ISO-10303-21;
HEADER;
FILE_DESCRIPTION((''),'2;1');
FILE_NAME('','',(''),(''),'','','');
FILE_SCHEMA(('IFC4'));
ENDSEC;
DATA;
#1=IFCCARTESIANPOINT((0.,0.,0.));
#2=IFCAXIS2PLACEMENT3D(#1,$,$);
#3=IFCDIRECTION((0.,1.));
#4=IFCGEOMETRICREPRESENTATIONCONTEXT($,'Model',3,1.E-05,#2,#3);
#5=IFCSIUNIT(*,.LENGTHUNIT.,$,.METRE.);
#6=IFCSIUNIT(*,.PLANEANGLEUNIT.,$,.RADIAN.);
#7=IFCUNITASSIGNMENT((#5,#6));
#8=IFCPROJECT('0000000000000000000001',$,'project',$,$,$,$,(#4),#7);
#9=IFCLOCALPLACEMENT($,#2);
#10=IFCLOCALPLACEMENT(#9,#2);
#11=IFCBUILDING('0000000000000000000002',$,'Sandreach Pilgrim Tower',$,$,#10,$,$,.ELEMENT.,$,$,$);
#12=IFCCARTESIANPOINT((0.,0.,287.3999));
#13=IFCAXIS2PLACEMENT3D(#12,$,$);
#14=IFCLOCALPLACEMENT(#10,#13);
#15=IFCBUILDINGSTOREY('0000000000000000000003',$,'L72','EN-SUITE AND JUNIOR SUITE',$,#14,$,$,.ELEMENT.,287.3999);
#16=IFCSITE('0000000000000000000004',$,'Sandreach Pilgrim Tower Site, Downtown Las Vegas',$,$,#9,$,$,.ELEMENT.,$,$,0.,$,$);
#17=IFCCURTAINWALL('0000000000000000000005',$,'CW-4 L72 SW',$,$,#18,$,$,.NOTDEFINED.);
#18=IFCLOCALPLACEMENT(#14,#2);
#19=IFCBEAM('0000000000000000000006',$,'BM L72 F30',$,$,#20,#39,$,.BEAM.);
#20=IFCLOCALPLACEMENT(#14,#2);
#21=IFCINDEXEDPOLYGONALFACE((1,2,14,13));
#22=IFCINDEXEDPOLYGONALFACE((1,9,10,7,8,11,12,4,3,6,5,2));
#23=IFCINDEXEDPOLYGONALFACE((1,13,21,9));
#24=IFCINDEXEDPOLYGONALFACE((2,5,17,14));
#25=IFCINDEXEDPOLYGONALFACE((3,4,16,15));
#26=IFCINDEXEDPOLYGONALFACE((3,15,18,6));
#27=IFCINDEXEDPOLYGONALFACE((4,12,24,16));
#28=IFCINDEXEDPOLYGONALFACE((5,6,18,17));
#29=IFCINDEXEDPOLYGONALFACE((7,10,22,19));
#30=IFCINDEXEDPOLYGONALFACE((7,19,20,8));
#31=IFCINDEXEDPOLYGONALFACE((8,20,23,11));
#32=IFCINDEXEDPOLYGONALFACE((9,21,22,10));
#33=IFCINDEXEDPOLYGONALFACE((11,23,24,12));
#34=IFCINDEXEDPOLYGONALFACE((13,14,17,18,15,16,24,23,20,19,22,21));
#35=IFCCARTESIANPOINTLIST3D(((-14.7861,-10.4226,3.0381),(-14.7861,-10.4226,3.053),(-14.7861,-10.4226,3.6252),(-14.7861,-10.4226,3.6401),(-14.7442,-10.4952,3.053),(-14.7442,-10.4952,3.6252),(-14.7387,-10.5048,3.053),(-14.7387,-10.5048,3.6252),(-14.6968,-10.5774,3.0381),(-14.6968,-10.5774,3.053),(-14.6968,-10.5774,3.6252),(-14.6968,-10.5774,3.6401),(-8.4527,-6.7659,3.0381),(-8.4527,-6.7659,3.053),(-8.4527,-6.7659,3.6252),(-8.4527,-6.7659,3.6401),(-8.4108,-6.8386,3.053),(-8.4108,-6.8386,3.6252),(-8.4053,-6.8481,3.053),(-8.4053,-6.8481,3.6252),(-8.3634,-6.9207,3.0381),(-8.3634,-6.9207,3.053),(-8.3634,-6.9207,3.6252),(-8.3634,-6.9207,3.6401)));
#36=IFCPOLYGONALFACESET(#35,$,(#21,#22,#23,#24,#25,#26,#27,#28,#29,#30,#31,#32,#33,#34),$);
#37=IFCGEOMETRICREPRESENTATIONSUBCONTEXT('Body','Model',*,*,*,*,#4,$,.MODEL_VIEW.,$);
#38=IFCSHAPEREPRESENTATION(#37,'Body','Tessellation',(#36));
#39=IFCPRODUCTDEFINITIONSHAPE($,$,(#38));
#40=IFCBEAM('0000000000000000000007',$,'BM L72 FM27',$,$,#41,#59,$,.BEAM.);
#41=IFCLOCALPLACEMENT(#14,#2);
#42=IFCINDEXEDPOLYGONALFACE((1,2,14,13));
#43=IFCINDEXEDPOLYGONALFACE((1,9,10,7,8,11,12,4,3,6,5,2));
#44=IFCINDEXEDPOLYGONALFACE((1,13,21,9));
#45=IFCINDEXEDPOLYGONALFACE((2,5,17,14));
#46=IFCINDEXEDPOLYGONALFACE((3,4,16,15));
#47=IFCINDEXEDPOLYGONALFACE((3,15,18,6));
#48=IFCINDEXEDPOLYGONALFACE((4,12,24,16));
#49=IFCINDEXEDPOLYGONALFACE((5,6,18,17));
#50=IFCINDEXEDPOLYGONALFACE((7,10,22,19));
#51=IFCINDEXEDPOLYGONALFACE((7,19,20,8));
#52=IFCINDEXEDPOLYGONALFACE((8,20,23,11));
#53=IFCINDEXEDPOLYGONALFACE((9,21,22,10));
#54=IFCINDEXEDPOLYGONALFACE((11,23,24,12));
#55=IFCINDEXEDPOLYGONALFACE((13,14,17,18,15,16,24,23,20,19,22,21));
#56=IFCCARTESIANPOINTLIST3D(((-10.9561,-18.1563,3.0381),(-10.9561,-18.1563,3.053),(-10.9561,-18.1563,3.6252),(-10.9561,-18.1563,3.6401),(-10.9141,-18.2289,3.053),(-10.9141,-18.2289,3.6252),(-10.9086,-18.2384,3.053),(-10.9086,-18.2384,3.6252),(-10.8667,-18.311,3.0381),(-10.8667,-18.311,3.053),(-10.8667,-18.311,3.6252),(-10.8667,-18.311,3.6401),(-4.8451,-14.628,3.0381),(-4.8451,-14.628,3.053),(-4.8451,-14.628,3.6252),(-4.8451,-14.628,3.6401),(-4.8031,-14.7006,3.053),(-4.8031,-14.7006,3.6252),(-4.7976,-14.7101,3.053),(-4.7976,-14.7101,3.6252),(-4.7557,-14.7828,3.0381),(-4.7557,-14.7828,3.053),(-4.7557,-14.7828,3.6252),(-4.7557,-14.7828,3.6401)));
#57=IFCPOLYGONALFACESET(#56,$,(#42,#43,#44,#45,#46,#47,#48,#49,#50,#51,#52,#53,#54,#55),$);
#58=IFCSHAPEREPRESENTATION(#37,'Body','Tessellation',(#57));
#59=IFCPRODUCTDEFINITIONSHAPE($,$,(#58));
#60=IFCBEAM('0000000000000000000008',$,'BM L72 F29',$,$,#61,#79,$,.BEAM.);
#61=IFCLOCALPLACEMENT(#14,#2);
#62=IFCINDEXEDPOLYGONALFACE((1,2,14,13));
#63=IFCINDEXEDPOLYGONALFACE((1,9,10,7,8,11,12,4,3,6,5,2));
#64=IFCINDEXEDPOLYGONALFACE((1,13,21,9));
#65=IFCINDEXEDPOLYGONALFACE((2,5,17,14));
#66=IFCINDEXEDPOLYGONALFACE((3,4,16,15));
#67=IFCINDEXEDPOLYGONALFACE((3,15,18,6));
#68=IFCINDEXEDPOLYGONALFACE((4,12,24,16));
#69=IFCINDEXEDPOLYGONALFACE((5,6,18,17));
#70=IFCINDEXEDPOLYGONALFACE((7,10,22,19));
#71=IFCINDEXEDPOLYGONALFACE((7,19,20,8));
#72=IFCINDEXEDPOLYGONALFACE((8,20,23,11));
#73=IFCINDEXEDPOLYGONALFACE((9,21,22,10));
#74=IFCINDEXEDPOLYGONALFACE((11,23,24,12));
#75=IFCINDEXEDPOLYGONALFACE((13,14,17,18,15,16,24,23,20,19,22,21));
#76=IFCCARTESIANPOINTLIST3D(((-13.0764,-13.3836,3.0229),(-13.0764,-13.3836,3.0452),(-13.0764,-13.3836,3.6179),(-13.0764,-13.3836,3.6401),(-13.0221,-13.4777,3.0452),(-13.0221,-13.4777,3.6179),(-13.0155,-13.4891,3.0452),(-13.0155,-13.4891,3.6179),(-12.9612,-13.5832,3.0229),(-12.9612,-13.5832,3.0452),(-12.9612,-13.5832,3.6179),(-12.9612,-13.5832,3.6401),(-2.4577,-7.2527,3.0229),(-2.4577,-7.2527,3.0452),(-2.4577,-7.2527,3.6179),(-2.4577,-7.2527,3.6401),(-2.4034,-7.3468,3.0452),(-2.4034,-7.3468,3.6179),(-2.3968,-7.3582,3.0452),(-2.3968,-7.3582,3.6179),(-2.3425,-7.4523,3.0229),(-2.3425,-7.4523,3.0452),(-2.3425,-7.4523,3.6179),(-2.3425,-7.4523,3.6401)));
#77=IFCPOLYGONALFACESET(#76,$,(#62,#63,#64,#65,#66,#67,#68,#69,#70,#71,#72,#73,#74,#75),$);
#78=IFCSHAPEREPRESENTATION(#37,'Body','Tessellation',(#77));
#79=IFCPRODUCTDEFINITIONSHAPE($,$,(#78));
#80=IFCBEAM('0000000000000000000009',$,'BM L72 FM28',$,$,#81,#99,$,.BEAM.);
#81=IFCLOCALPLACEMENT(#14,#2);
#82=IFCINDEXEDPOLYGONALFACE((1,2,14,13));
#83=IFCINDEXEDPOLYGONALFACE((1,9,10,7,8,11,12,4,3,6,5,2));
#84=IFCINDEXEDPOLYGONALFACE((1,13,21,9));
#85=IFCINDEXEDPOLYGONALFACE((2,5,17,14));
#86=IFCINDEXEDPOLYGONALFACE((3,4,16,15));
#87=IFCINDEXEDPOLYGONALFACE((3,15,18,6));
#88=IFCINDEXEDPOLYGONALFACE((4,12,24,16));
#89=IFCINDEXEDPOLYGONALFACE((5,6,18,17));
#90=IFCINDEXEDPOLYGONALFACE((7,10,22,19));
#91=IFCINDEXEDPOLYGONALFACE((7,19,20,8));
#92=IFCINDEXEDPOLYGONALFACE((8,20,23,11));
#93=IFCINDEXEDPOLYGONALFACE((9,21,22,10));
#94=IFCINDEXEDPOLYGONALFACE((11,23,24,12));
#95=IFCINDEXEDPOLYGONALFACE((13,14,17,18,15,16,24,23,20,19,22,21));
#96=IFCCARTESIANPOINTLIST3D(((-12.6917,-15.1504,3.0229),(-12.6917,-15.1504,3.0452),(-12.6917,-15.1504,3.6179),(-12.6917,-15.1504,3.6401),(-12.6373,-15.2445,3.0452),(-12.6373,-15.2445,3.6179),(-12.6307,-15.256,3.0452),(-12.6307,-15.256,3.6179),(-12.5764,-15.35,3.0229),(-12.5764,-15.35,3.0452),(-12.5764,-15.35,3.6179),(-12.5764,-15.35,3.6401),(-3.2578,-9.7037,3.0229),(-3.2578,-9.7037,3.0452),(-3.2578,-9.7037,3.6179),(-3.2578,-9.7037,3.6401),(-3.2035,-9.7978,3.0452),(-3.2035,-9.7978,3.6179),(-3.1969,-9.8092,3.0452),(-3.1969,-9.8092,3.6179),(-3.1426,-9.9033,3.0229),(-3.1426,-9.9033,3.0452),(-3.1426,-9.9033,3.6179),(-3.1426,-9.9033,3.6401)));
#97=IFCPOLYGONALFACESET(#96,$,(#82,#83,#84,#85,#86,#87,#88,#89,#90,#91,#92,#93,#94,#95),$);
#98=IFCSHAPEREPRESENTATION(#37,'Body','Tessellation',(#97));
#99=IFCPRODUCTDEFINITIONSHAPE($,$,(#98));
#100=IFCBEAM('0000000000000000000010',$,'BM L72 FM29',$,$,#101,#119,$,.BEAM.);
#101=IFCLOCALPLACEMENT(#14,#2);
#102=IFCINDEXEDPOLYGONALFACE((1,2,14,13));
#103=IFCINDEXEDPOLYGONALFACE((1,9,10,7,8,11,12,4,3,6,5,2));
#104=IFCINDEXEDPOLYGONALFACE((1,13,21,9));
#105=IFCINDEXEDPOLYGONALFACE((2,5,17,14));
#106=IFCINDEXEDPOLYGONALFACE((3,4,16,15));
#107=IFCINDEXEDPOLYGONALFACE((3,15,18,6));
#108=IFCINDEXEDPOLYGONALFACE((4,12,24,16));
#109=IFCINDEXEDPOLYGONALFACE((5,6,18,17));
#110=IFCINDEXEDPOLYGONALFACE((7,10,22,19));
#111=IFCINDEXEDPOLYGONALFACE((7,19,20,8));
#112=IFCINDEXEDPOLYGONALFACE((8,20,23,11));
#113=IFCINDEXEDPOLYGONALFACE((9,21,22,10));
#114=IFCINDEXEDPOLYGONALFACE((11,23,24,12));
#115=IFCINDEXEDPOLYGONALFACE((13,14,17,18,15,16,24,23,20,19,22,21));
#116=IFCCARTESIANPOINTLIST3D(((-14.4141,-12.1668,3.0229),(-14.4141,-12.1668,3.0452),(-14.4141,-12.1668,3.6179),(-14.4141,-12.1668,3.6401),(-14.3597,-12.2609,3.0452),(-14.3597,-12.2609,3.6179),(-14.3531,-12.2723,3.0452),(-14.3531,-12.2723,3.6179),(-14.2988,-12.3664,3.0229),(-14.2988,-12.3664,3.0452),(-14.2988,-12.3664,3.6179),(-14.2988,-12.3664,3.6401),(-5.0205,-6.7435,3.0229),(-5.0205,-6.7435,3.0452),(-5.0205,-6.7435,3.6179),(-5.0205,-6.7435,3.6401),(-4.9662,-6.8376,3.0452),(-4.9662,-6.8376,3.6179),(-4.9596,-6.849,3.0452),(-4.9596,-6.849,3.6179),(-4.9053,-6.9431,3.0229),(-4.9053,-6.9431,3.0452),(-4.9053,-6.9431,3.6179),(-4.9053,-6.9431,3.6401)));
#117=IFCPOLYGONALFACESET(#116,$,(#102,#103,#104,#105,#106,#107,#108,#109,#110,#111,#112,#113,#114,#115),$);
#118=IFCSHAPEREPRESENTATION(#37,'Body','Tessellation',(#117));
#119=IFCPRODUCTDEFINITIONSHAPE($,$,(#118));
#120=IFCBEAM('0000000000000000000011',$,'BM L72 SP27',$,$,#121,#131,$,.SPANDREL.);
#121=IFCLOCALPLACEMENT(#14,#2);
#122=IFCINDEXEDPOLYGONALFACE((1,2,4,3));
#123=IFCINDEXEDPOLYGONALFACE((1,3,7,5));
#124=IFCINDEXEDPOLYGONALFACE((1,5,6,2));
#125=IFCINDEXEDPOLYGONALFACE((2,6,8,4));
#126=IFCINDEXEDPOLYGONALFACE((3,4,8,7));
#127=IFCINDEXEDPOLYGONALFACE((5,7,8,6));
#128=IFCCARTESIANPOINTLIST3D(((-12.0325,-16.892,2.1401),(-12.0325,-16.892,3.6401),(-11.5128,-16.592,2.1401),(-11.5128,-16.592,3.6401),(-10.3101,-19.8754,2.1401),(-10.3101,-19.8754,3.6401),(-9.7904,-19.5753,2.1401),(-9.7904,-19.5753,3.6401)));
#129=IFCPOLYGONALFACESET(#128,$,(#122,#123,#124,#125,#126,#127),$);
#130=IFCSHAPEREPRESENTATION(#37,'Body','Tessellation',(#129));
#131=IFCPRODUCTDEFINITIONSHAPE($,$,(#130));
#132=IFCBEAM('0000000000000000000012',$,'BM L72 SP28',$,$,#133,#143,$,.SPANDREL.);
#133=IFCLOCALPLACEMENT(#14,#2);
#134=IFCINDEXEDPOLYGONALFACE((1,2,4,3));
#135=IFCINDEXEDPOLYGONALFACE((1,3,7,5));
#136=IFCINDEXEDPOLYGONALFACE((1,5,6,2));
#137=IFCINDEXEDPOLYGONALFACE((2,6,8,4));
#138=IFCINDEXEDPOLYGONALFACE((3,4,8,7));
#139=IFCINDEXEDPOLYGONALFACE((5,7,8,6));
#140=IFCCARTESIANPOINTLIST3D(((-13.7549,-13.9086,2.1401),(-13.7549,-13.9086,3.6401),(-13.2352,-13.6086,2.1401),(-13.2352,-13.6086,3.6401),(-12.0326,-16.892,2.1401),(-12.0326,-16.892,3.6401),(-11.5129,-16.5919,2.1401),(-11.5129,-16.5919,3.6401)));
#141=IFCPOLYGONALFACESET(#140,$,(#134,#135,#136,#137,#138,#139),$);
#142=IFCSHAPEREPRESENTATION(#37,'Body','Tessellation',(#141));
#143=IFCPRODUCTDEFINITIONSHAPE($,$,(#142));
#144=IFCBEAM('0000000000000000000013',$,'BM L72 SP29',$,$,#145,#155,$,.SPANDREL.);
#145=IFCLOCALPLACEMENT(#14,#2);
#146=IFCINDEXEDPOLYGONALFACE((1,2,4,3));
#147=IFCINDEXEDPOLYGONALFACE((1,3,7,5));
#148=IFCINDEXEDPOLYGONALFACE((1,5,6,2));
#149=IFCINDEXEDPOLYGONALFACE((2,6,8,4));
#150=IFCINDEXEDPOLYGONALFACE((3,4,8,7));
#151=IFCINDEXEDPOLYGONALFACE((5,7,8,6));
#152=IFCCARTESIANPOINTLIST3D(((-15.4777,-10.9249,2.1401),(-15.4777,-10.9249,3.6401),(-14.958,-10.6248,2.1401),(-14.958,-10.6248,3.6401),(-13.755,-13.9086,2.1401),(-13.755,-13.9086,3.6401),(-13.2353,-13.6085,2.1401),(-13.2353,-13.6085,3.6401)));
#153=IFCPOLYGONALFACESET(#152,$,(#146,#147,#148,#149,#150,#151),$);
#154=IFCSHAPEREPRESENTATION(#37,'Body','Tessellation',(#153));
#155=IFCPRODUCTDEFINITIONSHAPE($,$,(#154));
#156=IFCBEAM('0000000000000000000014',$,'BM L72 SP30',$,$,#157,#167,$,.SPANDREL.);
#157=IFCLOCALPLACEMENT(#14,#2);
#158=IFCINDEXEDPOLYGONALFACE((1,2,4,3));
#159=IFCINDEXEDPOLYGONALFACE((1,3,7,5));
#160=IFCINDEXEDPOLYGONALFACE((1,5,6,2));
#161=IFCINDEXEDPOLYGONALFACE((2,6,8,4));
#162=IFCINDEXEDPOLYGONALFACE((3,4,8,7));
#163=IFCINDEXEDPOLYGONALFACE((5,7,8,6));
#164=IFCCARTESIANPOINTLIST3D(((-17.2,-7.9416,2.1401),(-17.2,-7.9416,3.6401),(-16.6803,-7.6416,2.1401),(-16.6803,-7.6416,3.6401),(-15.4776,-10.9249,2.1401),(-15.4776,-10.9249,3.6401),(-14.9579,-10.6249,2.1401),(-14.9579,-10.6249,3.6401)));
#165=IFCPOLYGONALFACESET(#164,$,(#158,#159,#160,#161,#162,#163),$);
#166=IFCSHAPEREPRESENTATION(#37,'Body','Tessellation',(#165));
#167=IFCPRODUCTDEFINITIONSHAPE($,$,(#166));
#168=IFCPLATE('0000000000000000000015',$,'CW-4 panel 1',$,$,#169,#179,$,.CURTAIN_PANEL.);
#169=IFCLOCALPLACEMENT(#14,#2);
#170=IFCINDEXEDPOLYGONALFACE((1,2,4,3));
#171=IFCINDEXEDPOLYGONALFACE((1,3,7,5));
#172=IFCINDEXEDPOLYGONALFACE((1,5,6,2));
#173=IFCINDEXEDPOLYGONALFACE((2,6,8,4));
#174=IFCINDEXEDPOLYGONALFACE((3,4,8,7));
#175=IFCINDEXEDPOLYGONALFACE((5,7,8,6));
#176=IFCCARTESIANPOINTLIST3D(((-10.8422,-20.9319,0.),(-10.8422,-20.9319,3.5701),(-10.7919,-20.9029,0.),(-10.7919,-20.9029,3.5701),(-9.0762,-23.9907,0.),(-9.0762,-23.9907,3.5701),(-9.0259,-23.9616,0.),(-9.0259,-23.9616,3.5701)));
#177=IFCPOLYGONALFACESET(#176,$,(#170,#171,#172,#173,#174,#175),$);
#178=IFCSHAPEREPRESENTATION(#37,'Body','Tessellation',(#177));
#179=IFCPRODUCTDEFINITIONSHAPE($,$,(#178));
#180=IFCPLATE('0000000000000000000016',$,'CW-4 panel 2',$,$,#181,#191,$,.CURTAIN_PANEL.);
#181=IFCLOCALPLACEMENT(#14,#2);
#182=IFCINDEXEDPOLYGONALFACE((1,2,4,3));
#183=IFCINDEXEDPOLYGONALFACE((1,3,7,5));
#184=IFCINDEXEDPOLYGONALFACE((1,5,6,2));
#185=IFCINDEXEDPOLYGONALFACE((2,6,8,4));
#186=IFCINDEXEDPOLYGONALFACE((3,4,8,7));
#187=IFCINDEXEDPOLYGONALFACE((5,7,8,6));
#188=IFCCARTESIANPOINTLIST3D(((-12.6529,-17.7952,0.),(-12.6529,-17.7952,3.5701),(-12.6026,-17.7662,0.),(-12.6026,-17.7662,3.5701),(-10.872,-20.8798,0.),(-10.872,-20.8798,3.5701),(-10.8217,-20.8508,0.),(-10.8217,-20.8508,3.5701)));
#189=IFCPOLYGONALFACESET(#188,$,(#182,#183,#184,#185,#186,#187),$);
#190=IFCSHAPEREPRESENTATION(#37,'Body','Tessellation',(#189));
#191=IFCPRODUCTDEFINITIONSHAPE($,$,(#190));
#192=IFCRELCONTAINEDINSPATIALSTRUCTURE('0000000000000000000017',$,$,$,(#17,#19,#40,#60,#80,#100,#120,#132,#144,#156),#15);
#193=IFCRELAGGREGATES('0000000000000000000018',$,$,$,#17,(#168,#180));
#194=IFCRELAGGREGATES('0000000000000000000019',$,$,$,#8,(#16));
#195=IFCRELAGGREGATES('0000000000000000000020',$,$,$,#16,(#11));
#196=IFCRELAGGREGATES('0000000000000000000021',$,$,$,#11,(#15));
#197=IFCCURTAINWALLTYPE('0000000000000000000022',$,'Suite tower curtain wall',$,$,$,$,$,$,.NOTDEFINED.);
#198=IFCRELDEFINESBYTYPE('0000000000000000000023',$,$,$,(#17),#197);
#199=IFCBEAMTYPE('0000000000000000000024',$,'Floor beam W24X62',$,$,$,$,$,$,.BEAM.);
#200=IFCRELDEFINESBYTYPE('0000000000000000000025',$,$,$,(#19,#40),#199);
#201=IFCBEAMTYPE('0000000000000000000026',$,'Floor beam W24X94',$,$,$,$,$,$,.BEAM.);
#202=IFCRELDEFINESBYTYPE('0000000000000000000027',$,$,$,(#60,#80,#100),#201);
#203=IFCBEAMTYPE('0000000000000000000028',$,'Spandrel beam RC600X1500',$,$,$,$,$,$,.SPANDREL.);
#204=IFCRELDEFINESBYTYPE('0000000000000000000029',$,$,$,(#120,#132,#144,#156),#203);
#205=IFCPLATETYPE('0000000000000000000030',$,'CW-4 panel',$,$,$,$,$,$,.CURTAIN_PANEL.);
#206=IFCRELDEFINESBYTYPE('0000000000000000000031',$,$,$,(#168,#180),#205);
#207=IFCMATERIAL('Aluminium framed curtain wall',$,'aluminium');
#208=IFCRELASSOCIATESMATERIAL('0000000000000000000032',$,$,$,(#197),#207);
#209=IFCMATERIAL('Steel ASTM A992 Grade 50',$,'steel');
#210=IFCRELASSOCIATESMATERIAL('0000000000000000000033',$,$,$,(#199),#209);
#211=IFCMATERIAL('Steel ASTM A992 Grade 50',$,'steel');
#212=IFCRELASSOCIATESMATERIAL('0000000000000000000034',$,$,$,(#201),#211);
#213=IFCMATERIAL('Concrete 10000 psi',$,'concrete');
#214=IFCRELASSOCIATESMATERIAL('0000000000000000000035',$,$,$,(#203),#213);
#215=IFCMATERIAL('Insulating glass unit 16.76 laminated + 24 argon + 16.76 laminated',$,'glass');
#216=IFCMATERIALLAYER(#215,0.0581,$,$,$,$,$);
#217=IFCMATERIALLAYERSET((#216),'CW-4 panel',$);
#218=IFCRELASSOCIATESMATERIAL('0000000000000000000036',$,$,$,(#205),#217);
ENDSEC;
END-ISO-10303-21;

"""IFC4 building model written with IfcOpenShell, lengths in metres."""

from ifc_helpers import new_model, si_unit, direction, frame, origin, origin_2d, place, context, subcontext, project, spatial, rectangle, i_section, extrude, material, layer, layer_set, material_profile, profile_set, type_object, element, aggregate, save


model = new_model("IFC4")

# Units and contexts
model_context = context("Model", 3, precision=1e-05, world=origin(), true_north=direction((0.0, 1.0)))
body_context = subcontext(model_context, "Body", "Model", "MODEL_VIEW")
ifc_project = project(units=[si_unit("LENGTHUNIT", "METRE"), si_unit("PLANEANGLEUNIT", "RADIAN")], contexts=[model_context])

# Site, building, storey
site_placement = place(None, origin())
site = spatial("IfcSite", under=ifc_project, at=site_placement, Name="Sandreach Pilgrim Tower Site, Downtown Las Vegas", CompositionType="ELEMENT", RefElevation=0.0)
building_placement = place(site_placement, origin())
building = spatial("IfcBuilding", under=site, at=building_placement, Name="Sandreach Pilgrim Tower", CompositionType="ELEMENT")
storey_placement = place(building_placement, frame((0.0, 0.0, 287.3999)))
storey = spatial("IfcBuildingStorey", under=building, at=storey_placement, Name="L72", Description="EN-SUITE AND JUNIOR SUITE", CompositionType="ELEMENT", Elevation=287.3999)

# Curtain wall
ifc_material_1 = material(Name="Aluminium framed curtain wall", Category="aluminium")
curtain_wall_type = type_object("IfcCurtainWallType", Name="Suite tower curtain wall", PredefinedType="NOTDEFINED", material=ifc_material_1)
curtain_wall_placement = place(storey_placement, origin())
curtain_wall = element("IfcCurtainWall", 1, at=curtain_wall_placement, inside=storey, type_object=curtain_wall_type, Name="CW-4 L72 SW", PredefinedType="NOTDEFINED")

# Beams
ifc_material_2 = material(Name="Steel ASTM A992 Grade 50", Category="steel")
ifc_material_profile_1 = material_profile(ifc_material_2, i_section(OverallWidth=0.1787, OverallDepth=0.6021, WebThickness=0.011, FlangeThickness=0.0149, at=origin_2d()), Name="W24X62")
ifc_profile_set_1 = profile_set([ifc_material_profile_1], Name="Steel ASTM A992 Grade 50")
beam_type_1 = type_object("IfcBeamType", Name="Floor beam W24X62", PredefinedType="BEAM", material=ifc_profile_set_1)
beam_1_placement = place(storey_placement, frame((-14.7415, -10.5, 3.3391), z_axis=(0.86602, 0.500009, 0.0), x_axis=(-0.500009, 0.86602, 0.0)))
element("IfcBeam", 2, at=beam_1_placement, inside=storey, type_object=beam_type_1, Name="BM L72 F30", PredefinedType="BEAM", context=body_context, shape_type="SweptSolid", body=[
    extrude(i_section(OverallWidth=0.1787, OverallDepth=0.6021, WebThickness=0.011, FlangeThickness=0.0149, at=origin_2d()), origin(), (0.0, 0.0, 1.0), 7.3132),
])
beam_2_placement = place(storey_placement, frame((-10.9114, -18.2336, 3.3391), z_axis=(0.86602, 0.500009, 0.0), x_axis=(-0.500009, 0.86602, 0.0)))
element("IfcBeam", 3, at=beam_2_placement, inside=storey, type_object=beam_type_1, Name="BM L72 FM27", PredefinedType="BEAM", context=body_context, shape_type="SweptSolid", body=[
    extrude(i_section(OverallWidth=0.1787, OverallDepth=0.6021, WebThickness=0.011, FlangeThickness=0.0149, at=origin_2d()), origin(), (0.0, 0.0, 1.0), 7.0564),
])
ifc_material_3 = material(Name="Steel ASTM A992 Grade 50", Category="steel")
ifc_material_profile_2 = material_profile(ifc_material_3, i_section(OverallWidth=0.2305, OverallDepth=0.6172, WebThickness=0.0132, FlangeThickness=0.0222, at=origin_2d()), Name="W24X94")
ifc_profile_set_2 = profile_set([ifc_material_profile_2], Name="Steel ASTM A992 Grade 50")
beam_type_2 = type_object("IfcBeamType", Name="Floor beam W24X94", PredefinedType="BEAM", material=ifc_profile_set_2)
beam_3_placement = place(storey_placement, frame((-13.0188, -13.4834, 3.3315), z_axis=(0.866019, 0.500011, 0.0), x_axis=(-0.500011, 0.866019, 0.0)))
element("IfcBeam", 4, at=beam_3_placement, inside=storey, type_object=beam_type_2, Name="BM L72 F29", PredefinedType="BEAM", context=body_context, shape_type="SweptSolid", body=[
    extrude(i_section(OverallWidth=0.2305, OverallDepth=0.6172, WebThickness=0.0132, FlangeThickness=0.0222, at=origin_2d()), origin(), (0.0, 0.0, 1.0), 12.2615),
])
beam_4_placement = place(storey_placement, frame((-12.634, -15.2502, 3.3315), z_axis=(0.86602, 0.50001, 0.0), x_axis=(-0.50001, 0.86602, 0.0)))
element("IfcBeam", 5, at=beam_4_placement, inside=storey, type_object=beam_type_2, Name="BM L72 FM28", PredefinedType="BEAM", context=body_context, shape_type="SweptSolid", body=[
    extrude(i_section(OverallWidth=0.2305, OverallDepth=0.6172, WebThickness=0.0132, FlangeThickness=0.0222, at=origin_2d()), origin(), (0.0, 0.0, 1.0), 10.8933),
])
beam_5_placement = place(storey_placement, frame((-14.3564, -12.2666, 3.3315), z_axis=(0.866027, 0.499998, 0.0), x_axis=(-0.499998, 0.866027, 0.0)))
element("IfcBeam", 6, at=beam_5_placement, inside=storey, type_object=beam_type_2, Name="BM L72 FM29", PredefinedType="BEAM", context=body_context, shape_type="SweptSolid", body=[
    extrude(i_section(OverallWidth=0.2305, OverallDepth=0.6172, WebThickness=0.0132, FlangeThickness=0.0222, at=origin_2d()), origin(), (0.0, 0.0, 1.0), 10.8467),
])
ifc_material_4 = material(Name="Concrete 10000 psi", Category="concrete")
ifc_material_profile_3 = material_profile(ifc_material_4, rectangle(XDim=0.6001, YDim=1.5, at=origin_2d()), Name="RC600X1500")
ifc_profile_set_3 = profile_set([ifc_material_profile_3], Name="Concrete 10000 psi")
beam_type_3 = type_object("IfcBeamType", Name="Spandrel beam RC600X1500", PredefinedType="SPANDREL", material=ifc_profile_set_3)
for number, where, z_axis, x_axis, name in (
    (7, (-10.0503, -19.7253, 2.8901), (-0.499988, 0.866032, 0.0), (-0.866032, -0.499988, 0.0), "BM L72 SP27"),
    (8, (-11.7727, -16.7419, 2.8901), (-0.499988, 0.866032, 0.0), (-0.866032, -0.499988, 0.0), "BM L72 SP28"),
):
    element("IfcBeam", number, at=place(storey_placement, frame(where, z_axis=z_axis, x_axis=x_axis)), inside=storey, type_object=beam_type_3, Name=name, PredefinedType="SPANDREL", context=body_context, shape_type="SweptSolid", body=[
        extrude(rectangle(XDim=0.6001, YDim=1.5, at=origin_2d()), origin(), (0.0, 0.0, 1.0), 3.4448),
    ])
beam_6_placement = place(storey_placement, frame((-13.4951, -13.7585, 2.8901), z_axis=(-0.500011, 0.866019, 0.0), x_axis=(-0.866019, -0.500011, 0.0)))
element("IfcBeam", 9, at=beam_6_placement, inside=storey, type_object=beam_type_3, Name="BM L72 SP29", PredefinedType="SPANDREL", context=body_context, shape_type="SweptSolid", body=[
    extrude(rectangle(XDim=0.6001, YDim=1.5, at=origin_2d()), origin(), (0.0, 0.0, 1.0), 3.4453),
])
beam_7_placement = place(storey_placement, frame((-15.2178, -10.7749, 2.8901), z_axis=(-0.499988, 0.866032, 0.0), x_axis=(-0.866032, -0.499988, 0.0)))
element("IfcBeam", 10, at=beam_7_placement, inside=storey, type_object=beam_type_3, Name="BM L72 SP30", PredefinedType="SPANDREL", context=body_context, shape_type="SweptSolid", body=[
    extrude(rectangle(XDim=0.6001, YDim=1.5, at=origin_2d()), origin(), (0.0, 0.0, 1.0), 3.4448),
])

# Plates
ifc_material_5 = material(Name="Insulating glass unit 16.76 laminated + 24 argon + 16.76 laminated", Category="glass")
ifc_layer_1 = layer(ifc_material_5, 0.0581)
ifc_layer_set_1 = layer_set([ifc_layer_1], Name="CW-4 panel")
plate_type = type_object("IfcPlateType", Name="CW-4 panel", PredefinedType="CURTAIN_PANEL", material=ifc_layer_set_1)
plate_1_placement = place(storey_placement, frame((-9.9341, -22.4468, 0.0), z_axis=(0.0, 0.0, 1.0), x_axis=(-0.5, 0.866025, 0.0)))
plate_1 = element("IfcPlate", 11, at=plate_1_placement, type_object=plate_type, Name="CW-4 panel 1", PredefinedType="CURTAIN_PANEL", context=body_context, shape_type="SweptSolid", body=[
    extrude(rectangle(XDim=3.532, YDim=0.0581, at=origin_2d()), origin(), (0.0, 0.0, 1.0), 3.5701),
])
plate_2_placement = place(storey_placement, frame((-11.7373, -19.323, 0.0), z_axis=(0.0, 0.0, 1.0), x_axis=(-0.5, 0.866025, 0.0)))
plate_2 = element("IfcPlate", 12, at=plate_2_placement, type_object=plate_type, Name="CW-4 panel 2", PredefinedType="CURTAIN_PANEL", context=body_context, shape_type="SweptSolid", body=[
    extrude(rectangle(XDim=3.5618, YDim=0.0581, at=origin_2d()), origin(), (0.0, 0.0, 1.0), 3.5701),
])
aggregate(curtain_wall, [plate_1, plate_2])

save(model, "model.ifc")
